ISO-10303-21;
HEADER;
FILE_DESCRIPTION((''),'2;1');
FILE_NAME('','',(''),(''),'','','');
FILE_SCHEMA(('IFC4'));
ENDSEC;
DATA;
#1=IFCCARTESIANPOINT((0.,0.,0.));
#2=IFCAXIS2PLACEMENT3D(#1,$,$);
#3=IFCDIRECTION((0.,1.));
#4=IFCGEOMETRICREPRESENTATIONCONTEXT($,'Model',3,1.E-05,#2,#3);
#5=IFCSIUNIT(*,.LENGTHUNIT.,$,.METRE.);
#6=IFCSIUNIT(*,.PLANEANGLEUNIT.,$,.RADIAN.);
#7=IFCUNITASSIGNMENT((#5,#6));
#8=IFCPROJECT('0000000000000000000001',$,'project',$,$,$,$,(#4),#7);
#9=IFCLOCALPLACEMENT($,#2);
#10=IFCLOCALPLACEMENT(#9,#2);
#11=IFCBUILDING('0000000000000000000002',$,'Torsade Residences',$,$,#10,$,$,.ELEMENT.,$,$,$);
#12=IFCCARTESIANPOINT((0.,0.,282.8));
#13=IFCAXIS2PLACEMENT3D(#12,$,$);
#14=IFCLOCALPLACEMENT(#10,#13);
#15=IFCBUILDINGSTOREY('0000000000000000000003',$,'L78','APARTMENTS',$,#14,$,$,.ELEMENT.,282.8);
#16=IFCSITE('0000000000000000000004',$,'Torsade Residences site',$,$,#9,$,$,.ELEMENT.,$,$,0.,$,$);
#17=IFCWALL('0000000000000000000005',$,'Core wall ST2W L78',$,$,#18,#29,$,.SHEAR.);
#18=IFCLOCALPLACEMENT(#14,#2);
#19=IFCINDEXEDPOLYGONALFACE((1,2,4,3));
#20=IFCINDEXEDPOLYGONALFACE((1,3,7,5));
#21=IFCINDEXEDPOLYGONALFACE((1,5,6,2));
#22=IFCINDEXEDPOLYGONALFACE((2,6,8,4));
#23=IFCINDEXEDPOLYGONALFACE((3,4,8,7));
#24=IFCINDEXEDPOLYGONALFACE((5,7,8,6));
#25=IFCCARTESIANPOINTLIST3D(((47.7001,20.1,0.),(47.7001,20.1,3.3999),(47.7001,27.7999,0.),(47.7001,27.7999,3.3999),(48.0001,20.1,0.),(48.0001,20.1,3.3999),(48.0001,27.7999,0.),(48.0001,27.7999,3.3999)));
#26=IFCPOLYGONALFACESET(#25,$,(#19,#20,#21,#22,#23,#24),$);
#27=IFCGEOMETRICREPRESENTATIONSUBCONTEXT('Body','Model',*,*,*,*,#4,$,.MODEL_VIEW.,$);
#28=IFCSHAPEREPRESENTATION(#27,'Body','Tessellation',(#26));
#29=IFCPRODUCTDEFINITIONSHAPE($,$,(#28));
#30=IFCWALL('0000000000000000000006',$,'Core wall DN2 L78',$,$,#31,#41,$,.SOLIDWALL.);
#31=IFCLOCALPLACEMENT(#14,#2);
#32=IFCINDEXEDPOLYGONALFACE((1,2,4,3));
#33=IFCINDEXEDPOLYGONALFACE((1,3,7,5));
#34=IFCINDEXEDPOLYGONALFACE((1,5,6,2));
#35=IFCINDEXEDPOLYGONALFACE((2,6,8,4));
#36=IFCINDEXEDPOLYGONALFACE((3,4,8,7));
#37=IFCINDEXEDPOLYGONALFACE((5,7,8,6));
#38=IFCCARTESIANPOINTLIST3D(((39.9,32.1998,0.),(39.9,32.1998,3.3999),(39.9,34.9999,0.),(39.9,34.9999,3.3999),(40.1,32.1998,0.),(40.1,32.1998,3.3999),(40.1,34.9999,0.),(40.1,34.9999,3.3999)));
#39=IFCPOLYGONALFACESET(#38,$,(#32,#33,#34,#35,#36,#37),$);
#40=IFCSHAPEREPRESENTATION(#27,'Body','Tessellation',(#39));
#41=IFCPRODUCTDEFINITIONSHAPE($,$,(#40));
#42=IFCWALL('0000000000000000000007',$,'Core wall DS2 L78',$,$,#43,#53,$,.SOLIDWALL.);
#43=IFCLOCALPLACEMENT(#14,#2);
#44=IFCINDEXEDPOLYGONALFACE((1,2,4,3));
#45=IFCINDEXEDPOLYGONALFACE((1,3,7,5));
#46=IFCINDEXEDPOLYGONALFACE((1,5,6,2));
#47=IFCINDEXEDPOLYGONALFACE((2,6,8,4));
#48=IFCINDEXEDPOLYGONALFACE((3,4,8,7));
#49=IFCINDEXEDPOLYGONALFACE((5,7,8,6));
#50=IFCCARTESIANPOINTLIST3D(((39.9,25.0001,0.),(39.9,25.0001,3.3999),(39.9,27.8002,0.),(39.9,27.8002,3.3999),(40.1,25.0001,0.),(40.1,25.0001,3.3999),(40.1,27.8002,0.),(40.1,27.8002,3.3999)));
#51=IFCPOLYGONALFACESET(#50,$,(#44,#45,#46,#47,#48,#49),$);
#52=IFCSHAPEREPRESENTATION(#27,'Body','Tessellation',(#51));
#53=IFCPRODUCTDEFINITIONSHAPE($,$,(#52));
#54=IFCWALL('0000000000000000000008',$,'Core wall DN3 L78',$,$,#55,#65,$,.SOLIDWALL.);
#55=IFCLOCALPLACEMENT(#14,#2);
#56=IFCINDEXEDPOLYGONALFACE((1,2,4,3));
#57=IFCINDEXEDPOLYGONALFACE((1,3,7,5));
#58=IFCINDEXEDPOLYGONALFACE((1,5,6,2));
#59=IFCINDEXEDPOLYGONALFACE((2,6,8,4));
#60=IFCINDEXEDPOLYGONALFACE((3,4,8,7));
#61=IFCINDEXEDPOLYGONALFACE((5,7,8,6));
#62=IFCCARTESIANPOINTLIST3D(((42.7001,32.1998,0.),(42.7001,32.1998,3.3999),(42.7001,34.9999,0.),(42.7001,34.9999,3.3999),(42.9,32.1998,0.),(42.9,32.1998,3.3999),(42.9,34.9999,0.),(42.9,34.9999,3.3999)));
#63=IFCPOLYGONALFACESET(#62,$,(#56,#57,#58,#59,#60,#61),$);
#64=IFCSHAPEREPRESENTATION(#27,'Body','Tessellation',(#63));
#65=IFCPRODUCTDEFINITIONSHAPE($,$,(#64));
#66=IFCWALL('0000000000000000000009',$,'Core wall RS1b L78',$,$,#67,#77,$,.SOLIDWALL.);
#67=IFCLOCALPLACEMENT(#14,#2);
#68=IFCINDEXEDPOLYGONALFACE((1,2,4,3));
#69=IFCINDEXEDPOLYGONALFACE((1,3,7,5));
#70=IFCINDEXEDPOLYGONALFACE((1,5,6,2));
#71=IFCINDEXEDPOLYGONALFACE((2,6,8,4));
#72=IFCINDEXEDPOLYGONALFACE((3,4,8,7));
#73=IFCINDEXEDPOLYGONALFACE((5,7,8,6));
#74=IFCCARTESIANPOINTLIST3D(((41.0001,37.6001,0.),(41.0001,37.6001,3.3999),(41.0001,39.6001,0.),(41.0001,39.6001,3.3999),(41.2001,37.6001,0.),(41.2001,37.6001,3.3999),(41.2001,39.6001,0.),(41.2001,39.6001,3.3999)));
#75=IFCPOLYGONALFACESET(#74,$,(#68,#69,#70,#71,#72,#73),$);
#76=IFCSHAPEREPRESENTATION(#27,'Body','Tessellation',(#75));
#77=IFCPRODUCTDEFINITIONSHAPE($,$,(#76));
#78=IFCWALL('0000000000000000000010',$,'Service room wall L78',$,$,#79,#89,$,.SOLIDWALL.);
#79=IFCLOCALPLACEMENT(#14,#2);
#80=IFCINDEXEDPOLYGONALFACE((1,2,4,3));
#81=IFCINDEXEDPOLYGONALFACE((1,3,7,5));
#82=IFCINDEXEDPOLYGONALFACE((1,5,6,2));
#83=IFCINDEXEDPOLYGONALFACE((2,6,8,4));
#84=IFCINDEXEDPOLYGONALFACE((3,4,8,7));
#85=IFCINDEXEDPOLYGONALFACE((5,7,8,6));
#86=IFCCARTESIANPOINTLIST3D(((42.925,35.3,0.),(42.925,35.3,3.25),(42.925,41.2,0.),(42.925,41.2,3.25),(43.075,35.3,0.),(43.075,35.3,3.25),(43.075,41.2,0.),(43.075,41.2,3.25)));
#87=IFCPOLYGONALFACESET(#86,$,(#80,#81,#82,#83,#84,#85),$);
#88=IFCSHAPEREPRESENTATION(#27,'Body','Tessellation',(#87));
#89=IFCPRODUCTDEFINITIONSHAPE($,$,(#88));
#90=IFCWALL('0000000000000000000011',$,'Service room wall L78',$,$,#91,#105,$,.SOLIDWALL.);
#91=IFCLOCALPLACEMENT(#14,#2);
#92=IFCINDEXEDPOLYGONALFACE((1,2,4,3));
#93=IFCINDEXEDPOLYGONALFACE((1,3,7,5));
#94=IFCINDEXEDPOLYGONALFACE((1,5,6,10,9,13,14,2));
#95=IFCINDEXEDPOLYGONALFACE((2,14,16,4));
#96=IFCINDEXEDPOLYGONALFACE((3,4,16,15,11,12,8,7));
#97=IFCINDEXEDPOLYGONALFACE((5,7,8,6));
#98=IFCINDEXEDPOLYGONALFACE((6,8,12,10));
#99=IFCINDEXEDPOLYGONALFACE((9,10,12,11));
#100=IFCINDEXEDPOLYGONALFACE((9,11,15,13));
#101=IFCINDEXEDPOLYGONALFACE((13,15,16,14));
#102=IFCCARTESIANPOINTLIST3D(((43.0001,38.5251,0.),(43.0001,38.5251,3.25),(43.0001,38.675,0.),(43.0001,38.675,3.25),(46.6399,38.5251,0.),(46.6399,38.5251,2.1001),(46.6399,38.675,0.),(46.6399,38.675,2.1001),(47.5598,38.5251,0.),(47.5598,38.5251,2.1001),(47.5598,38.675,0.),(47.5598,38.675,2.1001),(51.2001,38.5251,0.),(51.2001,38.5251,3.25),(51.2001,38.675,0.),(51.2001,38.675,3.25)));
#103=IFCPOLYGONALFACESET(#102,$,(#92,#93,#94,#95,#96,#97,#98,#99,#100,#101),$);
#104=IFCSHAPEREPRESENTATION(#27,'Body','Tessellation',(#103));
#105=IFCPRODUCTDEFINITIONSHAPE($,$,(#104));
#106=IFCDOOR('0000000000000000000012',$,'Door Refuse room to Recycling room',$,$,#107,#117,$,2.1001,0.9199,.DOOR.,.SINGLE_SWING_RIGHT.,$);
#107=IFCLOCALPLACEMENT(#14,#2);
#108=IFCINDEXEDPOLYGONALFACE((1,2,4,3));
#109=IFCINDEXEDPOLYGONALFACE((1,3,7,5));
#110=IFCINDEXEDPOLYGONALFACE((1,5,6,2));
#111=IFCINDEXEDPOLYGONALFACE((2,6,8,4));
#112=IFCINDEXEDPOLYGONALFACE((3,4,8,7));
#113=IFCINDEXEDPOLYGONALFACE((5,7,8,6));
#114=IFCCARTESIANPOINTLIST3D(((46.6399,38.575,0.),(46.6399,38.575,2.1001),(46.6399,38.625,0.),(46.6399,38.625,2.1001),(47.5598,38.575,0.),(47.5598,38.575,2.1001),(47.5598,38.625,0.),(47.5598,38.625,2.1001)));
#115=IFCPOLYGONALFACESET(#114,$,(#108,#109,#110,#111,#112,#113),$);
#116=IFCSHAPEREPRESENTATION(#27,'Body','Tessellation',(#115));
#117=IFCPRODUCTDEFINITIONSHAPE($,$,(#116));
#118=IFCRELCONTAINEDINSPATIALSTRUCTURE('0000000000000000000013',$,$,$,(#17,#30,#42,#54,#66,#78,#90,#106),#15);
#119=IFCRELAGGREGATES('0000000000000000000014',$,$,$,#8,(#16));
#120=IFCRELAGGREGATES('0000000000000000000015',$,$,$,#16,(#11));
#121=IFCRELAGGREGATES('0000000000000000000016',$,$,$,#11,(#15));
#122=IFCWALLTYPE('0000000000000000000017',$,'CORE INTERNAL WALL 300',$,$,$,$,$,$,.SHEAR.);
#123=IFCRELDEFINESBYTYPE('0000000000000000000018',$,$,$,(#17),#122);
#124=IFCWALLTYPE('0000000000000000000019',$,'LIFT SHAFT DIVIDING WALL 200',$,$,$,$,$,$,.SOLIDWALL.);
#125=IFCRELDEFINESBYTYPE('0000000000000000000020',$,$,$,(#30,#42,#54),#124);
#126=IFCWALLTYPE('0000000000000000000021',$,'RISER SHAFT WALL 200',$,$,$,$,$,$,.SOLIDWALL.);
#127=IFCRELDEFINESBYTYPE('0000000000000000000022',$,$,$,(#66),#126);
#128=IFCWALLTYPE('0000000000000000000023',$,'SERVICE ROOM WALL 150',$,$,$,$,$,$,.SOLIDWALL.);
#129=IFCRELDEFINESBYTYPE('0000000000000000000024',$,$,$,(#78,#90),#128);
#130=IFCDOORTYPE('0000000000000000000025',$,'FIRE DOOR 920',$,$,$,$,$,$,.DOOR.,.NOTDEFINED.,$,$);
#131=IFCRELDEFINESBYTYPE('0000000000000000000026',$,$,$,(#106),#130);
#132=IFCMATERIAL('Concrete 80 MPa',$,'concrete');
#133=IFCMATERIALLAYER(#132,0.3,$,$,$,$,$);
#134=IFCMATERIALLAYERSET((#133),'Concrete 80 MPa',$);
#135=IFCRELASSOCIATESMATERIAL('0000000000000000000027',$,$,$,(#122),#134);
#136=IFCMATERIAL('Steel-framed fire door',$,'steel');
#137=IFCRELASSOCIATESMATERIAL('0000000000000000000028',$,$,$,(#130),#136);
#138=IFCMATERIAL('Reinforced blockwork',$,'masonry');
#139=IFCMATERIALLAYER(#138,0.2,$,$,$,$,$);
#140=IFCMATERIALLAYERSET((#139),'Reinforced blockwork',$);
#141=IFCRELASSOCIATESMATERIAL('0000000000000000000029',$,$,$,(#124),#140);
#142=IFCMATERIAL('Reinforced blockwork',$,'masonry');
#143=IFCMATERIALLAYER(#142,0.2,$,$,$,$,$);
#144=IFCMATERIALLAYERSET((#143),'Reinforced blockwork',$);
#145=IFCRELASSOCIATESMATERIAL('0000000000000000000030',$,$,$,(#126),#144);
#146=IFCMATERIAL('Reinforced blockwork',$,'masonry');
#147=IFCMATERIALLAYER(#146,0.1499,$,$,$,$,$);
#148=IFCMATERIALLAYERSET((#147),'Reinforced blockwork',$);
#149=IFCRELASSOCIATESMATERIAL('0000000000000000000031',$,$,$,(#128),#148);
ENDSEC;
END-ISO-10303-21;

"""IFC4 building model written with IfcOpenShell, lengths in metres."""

from ifc_helpers import new_model, si_unit, direction, frame, frame_2d, origin, place, context, subcontext, project, spatial, rectangle, extrude, material, layer, layer_set, type_object, element, fill, save


model = new_model("IFC4")

# Units and contexts
model_context = context("Model", 3, precision=1e-05, world=origin(), true_north=direction((0.0, 1.0)))
body_context = subcontext(model_context, "Body", "Model", "MODEL_VIEW")
ifc_project = project(units=[si_unit("LENGTHUNIT", "METRE"), si_unit("PLANEANGLEUNIT", "RADIAN")], contexts=[model_context])

# Site, building, storey
site_placement = place(None, origin())
site = spatial("IfcSite", under=ifc_project, at=site_placement, Name="Torsade Residences site", CompositionType="ELEMENT", RefElevation=0.0)
building_placement = place(site_placement, origin())
building = spatial("IfcBuilding", under=site, at=building_placement, Name="Torsade Residences", CompositionType="ELEMENT")
storey_placement = place(building_placement, frame((0.0, 0.0, 282.8)))
storey = spatial("IfcBuildingStorey", under=building, at=storey_placement, Name="L78", Description="APARTMENTS", CompositionType="ELEMENT", Elevation=282.8)

# Shared definitions
ifc_material_1 = material(Name="Concrete 80 MPa", Category="concrete")
ifc_layer_1 = layer(ifc_material_1, 0.3)
ifc_layer_set_1 = layer_set([ifc_layer_1], Name="Concrete 80 MPa")
wall_type_1 = type_object("IfcWallType", Name="CORE INTERNAL WALL 300", PredefinedType="SHEAR", material=ifc_layer_set_1)
ifc_material_2 = material(Name="Steel-framed fire door", Category="steel")
door_type_1 = type_object("IfcDoorType", Name="FIRE DOOR 920", OperationType="NOTDEFINED", PredefinedType="DOOR", material=ifc_material_2)

# Walls
wall_1_placement = place(storey_placement, frame((47.8501, 27.8, 0.0), z_axis=(0.0, 0.0, 1.0), x_axis=(0.0, -1.0, 0.0)))
element("IfcWall", 1, at=wall_1_placement, inside=storey, type_object=wall_type_1, Name="Core wall ST2W L78", PredefinedType="SHEAR", context=body_context, shape_type="SweptSolid", body=[
    extrude(rectangle(XDim=7.7, YDim=0.3, at=frame_2d((3.8501, 0.0))), origin(), (0.0, 0.0, 1.0), 3.3999),
])
ifc_material_3 = material(Name="Reinforced blockwork", Category="masonry")
ifc_layer_2 = layer(ifc_material_3, 0.2)
ifc_layer_set_2 = layer_set([ifc_layer_2], Name="Reinforced blockwork")
wall_type_2 = type_object("IfcWallType", Name="LIFT SHAFT DIVIDING WALL 200", PredefinedType="SOLIDWALL", material=ifc_layer_set_2)
for number, where, z_axis, x_axis, name in (
    (2, (40.0, 32.2, 0.0), (0.0, 0.0, 1.0), (0.0, 1.0, 0.0), "Core wall DN2 L78"),
    (3, (40.0, 27.8, 0.0), (0.0, 0.0, 1.0), (0.0, -1.0, 0.0), "Core wall DS2 L78"),
    (4, (42.8, 32.2, 0.0), (0.0, 0.0, 1.0), (0.0, 1.0, 0.0), "Core wall DN3 L78"),
):
    element("IfcWall", number, at=place(storey_placement, frame(where, z_axis=z_axis, x_axis=x_axis)), inside=storey, type_object=wall_type_2, Name=name, PredefinedType="SOLIDWALL", context=body_context, shape_type="SweptSolid", body=[
        extrude(rectangle(XDim=2.8, YDim=0.2, at=frame_2d((1.3999, 0.0))), origin(), (0.0, 0.0, 1.0), 3.3999),
    ])
ifc_material_4 = material(Name="Reinforced blockwork", Category="masonry")
ifc_layer_3 = layer(ifc_material_4, 0.2)
ifc_layer_set_3 = layer_set([ifc_layer_3], Name="Reinforced blockwork")
wall_type_3 = type_object("IfcWallType", Name="RISER SHAFT WALL 200", PredefinedType="SOLIDWALL", material=ifc_layer_set_3)
wall_2_placement = place(storey_placement, frame((41.1001, 37.6001, 0.0), z_axis=(0.0, 0.0, 1.0), x_axis=(0.0, 1.0, 0.0)))
element("IfcWall", 5, at=wall_2_placement, inside=storey, type_object=wall_type_3, Name="Core wall RS1b L78", PredefinedType="SOLIDWALL", context=body_context, shape_type="SweptSolid", body=[
    extrude(rectangle(XDim=2.0, YDim=0.2, at=frame_2d((1.0, 0.0))), origin(), (0.0, 0.0, 1.0), 3.3999),
])
ifc_material_5 = material(Name="Reinforced blockwork", Category="masonry")
ifc_layer_4 = layer(ifc_material_5, 0.1499)
ifc_layer_set_4 = layer_set([ifc_layer_4], Name="Reinforced blockwork")
wall_type_4 = type_object("IfcWallType", Name="SERVICE ROOM WALL 150", PredefinedType="SOLIDWALL", material=ifc_layer_set_4)
wall_3_placement = place(storey_placement, frame((43.0, 41.2, 0.0), z_axis=(0.0, 0.0, 1.0), x_axis=(0.0, -1.0, 0.0)))
element("IfcWall", 6, at=wall_3_placement, inside=storey, type_object=wall_type_4, Name="Service room wall L78", PredefinedType="SOLIDWALL", context=body_context, shape_type="SweptSolid", body=[
    extrude(rectangle(XDim=5.8999, YDim=0.1499, at=frame_2d((2.95, 0.0))), origin(), (0.0, 0.0, 1.0), 3.25),
])

# Wall, opening, door
wall_4_placement = place(storey_placement, frame((43.0, 38.6001, 0.0), z_axis=(0.0, 0.0, 1.0), x_axis=(1.0, 0.0, 0.0)))
wall_4 = element("IfcWall", 7, at=wall_4_placement, inside=storey, type_object=wall_type_4, Name="Service room wall L78", PredefinedType="SOLIDWALL", context=body_context, shape_type="SweptSolid", body=[
    extrude(rectangle(XDim=8.2, YDim=0.1499, at=frame_2d((4.1001, 0.0))), origin(), (0.0, 0.0, 1.0), 3.25),
])
opening_1_placement = place(wall_4_placement, frame((3.6399, 0.0, 0.0)))
opening_1 = element("IfcOpeningElement", 8, at=opening_1_placement, cuts=wall_4, PredefinedType="OPENING", context=body_context, shape_type="SweptSolid", body=[
    extrude(rectangle(XDim=0.9199, YDim=2.1001, at=frame_2d((0.46, 1.05))), frame((0.0, 0.085, 0.0), z_axis=(0.0, -1.0, 0.0), x_axis=(1.0, 0.0, 0.0)), (0.0, 0.0, 1.0), 0.1699),
])
door_1_placement = place(opening_1_placement, origin())
door_1 = element("IfcDoor", 9, at=door_1_placement, inside=storey, type_object=door_type_1, Name="Door Refuse room to Recycling room", OperationType="SINGLE_SWING_RIGHT", OverallHeight=2.1001, OverallWidth=0.9199, PredefinedType="DOOR", context=body_context, shape_type="SweptSolid", body=[
    extrude(rectangle(XDim=0.9199, YDim=2.1001, at=frame_2d((0.46, 1.05))), frame((0.0, 0.0249, 0.0), z_axis=(0.0, -1.0, 0.0), x_axis=(1.0, 0.0, 0.0)), (0.0, 0.0, 1.0), 0.05),
])
fill(opening_1, door_1)

save(model, "model.ifc")
